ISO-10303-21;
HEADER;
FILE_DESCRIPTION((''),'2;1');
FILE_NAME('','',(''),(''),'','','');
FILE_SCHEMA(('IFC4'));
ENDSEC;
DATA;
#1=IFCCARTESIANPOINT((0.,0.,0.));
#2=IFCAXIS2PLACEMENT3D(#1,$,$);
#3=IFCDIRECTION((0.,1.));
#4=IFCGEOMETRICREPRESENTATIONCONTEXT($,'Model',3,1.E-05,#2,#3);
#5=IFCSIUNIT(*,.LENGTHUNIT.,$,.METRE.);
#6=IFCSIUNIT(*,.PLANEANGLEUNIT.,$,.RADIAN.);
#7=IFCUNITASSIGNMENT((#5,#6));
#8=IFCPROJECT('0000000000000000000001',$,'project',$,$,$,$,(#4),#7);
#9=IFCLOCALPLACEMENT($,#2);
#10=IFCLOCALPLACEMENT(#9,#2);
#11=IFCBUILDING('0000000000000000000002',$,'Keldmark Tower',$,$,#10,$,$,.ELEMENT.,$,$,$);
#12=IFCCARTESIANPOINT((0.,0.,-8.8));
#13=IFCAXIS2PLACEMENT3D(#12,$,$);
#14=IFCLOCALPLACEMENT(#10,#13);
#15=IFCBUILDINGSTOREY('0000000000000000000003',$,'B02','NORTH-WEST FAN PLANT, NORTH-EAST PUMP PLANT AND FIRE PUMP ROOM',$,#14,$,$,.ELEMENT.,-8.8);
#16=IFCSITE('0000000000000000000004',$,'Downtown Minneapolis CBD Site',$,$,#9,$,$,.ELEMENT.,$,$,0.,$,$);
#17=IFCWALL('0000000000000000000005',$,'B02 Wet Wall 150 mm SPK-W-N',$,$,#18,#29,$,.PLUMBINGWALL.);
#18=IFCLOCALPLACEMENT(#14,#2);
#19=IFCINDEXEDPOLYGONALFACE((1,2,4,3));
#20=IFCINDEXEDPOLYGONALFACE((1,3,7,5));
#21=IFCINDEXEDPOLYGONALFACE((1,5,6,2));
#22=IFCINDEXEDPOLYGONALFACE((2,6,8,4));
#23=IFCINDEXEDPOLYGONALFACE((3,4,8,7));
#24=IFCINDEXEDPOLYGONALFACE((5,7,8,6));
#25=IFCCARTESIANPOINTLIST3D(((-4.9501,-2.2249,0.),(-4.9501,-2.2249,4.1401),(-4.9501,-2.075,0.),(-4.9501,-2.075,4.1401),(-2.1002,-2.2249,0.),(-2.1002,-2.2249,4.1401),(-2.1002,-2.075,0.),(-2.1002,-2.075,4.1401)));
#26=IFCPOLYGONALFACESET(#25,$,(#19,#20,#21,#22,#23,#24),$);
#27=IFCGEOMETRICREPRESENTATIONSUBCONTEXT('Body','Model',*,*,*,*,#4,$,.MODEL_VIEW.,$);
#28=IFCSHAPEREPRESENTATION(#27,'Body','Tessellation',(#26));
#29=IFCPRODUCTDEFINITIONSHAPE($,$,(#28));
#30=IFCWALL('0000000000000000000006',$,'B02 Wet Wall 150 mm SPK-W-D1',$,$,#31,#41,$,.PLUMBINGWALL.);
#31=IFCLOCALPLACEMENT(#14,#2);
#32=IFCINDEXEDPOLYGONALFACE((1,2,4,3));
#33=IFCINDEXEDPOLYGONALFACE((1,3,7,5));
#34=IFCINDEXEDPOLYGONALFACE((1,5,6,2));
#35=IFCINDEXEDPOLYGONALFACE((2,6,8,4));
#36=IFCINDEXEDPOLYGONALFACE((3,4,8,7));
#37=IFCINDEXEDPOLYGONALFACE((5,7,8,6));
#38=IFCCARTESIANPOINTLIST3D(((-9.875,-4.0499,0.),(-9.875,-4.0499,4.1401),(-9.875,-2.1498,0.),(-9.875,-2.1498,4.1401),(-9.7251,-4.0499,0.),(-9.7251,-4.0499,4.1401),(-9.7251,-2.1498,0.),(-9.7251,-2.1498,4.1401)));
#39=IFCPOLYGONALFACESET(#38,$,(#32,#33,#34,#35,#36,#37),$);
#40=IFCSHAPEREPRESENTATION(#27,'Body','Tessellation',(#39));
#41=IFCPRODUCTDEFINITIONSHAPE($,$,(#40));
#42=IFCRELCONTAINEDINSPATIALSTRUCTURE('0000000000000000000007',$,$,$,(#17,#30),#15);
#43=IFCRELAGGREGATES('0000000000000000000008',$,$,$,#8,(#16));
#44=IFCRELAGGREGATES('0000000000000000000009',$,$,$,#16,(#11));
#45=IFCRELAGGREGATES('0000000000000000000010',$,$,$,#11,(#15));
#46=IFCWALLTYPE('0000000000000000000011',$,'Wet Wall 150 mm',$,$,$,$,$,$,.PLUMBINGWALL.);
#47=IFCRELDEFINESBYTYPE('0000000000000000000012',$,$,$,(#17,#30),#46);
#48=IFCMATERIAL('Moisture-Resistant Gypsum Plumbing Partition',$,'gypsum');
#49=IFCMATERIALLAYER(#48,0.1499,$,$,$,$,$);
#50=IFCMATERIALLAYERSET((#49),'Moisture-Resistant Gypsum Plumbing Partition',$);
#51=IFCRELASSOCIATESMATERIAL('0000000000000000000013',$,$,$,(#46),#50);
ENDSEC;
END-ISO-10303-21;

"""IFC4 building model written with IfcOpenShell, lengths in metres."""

from ifc_helpers import new_model, si_unit, direction, frame, frame_2d, origin, place, context, subcontext, project, spatial, rectangle, extrude, material, layer, layer_set, type_object, element, save


model = new_model("IFC4")

# Units and contexts
model_context = context("Model", 3, precision=1e-05, world=origin(), true_north=direction((0.0, 1.0)))
body_context = subcontext(model_context, "Body", "Model", "MODEL_VIEW")
ifc_project = project(units=[si_unit("LENGTHUNIT", "METRE"), si_unit("PLANEANGLEUNIT", "RADIAN")], contexts=[model_context])

# Site, building, storey
site_placement = place(None, origin())
site = spatial("IfcSite", under=ifc_project, at=site_placement, Name="Downtown Minneapolis CBD Site", CompositionType="ELEMENT", RefElevation=0.0)
building_placement = place(site_placement, origin())
building = spatial("IfcBuilding", under=site, at=building_placement, Name="Keldmark Tower", CompositionType="ELEMENT")
storey_placement = place(building_placement, frame((0.0, 0.0, -8.8)))
storey = spatial("IfcBuildingStorey", under=building, at=storey_placement, Name="B02", Description="NORTH-WEST FAN PLANT, NORTH-EAST PUMP PLANT AND FIRE PUMP ROOM", CompositionType="ELEMENT", Elevation=-8.8)

# Walls
ifc_material_1 = material(Name="Moisture-Resistant Gypsum Plumbing Partition", Category="gypsum")
ifc_layer_1 = layer(ifc_material_1, 0.1499)
ifc_layer_set_1 = layer_set([ifc_layer_1], Name="Moisture-Resistant Gypsum Plumbing Partition")
wall_type_1 = type_object("IfcWallType", Name="Wet Wall 150 mm", PredefinedType="PLUMBINGWALL", material=ifc_layer_set_1)
wall_1_placement = place(storey_placement, frame((-4.95, -2.1499, 0.0), z_axis=(0.0, 0.0, 1.0), x_axis=(1.0, 0.0, 0.0)))
element("IfcWall", 1, at=wall_1_placement, inside=storey, type_object=wall_type_1, Name="B02 Wet Wall 150 mm SPK-W-N", PredefinedType="PLUMBINGWALL", context=body_context, shape_type="SweptSolid", body=[
    extrude(rectangle(XDim=2.8499, YDim=0.1499, at=frame_2d((1.4248, 0.0))), origin(), (0.0, 0.0, 1.0), 4.1401),
])
wall_2_placement = place(storey_placement, frame((-9.8, -4.05, 0.0), z_axis=(0.0, 0.0, 1.0), x_axis=(0.0, 1.0, 0.0)))
element("IfcWall", 2, at=wall_2_placement, inside=storey, type_object=wall_type_1, Name="B02 Wet Wall 150 mm SPK-W-D1", PredefinedType="PLUMBINGWALL", context=body_context, shape_type="SweptSolid", body=[
    extrude(rectangle(XDim=1.9001, YDim=0.1499, at=frame_2d((0.9502, 0.0))), origin(), (0.0, 0.0, 1.0), 4.1401),
])

save(model, "model.ifc")
